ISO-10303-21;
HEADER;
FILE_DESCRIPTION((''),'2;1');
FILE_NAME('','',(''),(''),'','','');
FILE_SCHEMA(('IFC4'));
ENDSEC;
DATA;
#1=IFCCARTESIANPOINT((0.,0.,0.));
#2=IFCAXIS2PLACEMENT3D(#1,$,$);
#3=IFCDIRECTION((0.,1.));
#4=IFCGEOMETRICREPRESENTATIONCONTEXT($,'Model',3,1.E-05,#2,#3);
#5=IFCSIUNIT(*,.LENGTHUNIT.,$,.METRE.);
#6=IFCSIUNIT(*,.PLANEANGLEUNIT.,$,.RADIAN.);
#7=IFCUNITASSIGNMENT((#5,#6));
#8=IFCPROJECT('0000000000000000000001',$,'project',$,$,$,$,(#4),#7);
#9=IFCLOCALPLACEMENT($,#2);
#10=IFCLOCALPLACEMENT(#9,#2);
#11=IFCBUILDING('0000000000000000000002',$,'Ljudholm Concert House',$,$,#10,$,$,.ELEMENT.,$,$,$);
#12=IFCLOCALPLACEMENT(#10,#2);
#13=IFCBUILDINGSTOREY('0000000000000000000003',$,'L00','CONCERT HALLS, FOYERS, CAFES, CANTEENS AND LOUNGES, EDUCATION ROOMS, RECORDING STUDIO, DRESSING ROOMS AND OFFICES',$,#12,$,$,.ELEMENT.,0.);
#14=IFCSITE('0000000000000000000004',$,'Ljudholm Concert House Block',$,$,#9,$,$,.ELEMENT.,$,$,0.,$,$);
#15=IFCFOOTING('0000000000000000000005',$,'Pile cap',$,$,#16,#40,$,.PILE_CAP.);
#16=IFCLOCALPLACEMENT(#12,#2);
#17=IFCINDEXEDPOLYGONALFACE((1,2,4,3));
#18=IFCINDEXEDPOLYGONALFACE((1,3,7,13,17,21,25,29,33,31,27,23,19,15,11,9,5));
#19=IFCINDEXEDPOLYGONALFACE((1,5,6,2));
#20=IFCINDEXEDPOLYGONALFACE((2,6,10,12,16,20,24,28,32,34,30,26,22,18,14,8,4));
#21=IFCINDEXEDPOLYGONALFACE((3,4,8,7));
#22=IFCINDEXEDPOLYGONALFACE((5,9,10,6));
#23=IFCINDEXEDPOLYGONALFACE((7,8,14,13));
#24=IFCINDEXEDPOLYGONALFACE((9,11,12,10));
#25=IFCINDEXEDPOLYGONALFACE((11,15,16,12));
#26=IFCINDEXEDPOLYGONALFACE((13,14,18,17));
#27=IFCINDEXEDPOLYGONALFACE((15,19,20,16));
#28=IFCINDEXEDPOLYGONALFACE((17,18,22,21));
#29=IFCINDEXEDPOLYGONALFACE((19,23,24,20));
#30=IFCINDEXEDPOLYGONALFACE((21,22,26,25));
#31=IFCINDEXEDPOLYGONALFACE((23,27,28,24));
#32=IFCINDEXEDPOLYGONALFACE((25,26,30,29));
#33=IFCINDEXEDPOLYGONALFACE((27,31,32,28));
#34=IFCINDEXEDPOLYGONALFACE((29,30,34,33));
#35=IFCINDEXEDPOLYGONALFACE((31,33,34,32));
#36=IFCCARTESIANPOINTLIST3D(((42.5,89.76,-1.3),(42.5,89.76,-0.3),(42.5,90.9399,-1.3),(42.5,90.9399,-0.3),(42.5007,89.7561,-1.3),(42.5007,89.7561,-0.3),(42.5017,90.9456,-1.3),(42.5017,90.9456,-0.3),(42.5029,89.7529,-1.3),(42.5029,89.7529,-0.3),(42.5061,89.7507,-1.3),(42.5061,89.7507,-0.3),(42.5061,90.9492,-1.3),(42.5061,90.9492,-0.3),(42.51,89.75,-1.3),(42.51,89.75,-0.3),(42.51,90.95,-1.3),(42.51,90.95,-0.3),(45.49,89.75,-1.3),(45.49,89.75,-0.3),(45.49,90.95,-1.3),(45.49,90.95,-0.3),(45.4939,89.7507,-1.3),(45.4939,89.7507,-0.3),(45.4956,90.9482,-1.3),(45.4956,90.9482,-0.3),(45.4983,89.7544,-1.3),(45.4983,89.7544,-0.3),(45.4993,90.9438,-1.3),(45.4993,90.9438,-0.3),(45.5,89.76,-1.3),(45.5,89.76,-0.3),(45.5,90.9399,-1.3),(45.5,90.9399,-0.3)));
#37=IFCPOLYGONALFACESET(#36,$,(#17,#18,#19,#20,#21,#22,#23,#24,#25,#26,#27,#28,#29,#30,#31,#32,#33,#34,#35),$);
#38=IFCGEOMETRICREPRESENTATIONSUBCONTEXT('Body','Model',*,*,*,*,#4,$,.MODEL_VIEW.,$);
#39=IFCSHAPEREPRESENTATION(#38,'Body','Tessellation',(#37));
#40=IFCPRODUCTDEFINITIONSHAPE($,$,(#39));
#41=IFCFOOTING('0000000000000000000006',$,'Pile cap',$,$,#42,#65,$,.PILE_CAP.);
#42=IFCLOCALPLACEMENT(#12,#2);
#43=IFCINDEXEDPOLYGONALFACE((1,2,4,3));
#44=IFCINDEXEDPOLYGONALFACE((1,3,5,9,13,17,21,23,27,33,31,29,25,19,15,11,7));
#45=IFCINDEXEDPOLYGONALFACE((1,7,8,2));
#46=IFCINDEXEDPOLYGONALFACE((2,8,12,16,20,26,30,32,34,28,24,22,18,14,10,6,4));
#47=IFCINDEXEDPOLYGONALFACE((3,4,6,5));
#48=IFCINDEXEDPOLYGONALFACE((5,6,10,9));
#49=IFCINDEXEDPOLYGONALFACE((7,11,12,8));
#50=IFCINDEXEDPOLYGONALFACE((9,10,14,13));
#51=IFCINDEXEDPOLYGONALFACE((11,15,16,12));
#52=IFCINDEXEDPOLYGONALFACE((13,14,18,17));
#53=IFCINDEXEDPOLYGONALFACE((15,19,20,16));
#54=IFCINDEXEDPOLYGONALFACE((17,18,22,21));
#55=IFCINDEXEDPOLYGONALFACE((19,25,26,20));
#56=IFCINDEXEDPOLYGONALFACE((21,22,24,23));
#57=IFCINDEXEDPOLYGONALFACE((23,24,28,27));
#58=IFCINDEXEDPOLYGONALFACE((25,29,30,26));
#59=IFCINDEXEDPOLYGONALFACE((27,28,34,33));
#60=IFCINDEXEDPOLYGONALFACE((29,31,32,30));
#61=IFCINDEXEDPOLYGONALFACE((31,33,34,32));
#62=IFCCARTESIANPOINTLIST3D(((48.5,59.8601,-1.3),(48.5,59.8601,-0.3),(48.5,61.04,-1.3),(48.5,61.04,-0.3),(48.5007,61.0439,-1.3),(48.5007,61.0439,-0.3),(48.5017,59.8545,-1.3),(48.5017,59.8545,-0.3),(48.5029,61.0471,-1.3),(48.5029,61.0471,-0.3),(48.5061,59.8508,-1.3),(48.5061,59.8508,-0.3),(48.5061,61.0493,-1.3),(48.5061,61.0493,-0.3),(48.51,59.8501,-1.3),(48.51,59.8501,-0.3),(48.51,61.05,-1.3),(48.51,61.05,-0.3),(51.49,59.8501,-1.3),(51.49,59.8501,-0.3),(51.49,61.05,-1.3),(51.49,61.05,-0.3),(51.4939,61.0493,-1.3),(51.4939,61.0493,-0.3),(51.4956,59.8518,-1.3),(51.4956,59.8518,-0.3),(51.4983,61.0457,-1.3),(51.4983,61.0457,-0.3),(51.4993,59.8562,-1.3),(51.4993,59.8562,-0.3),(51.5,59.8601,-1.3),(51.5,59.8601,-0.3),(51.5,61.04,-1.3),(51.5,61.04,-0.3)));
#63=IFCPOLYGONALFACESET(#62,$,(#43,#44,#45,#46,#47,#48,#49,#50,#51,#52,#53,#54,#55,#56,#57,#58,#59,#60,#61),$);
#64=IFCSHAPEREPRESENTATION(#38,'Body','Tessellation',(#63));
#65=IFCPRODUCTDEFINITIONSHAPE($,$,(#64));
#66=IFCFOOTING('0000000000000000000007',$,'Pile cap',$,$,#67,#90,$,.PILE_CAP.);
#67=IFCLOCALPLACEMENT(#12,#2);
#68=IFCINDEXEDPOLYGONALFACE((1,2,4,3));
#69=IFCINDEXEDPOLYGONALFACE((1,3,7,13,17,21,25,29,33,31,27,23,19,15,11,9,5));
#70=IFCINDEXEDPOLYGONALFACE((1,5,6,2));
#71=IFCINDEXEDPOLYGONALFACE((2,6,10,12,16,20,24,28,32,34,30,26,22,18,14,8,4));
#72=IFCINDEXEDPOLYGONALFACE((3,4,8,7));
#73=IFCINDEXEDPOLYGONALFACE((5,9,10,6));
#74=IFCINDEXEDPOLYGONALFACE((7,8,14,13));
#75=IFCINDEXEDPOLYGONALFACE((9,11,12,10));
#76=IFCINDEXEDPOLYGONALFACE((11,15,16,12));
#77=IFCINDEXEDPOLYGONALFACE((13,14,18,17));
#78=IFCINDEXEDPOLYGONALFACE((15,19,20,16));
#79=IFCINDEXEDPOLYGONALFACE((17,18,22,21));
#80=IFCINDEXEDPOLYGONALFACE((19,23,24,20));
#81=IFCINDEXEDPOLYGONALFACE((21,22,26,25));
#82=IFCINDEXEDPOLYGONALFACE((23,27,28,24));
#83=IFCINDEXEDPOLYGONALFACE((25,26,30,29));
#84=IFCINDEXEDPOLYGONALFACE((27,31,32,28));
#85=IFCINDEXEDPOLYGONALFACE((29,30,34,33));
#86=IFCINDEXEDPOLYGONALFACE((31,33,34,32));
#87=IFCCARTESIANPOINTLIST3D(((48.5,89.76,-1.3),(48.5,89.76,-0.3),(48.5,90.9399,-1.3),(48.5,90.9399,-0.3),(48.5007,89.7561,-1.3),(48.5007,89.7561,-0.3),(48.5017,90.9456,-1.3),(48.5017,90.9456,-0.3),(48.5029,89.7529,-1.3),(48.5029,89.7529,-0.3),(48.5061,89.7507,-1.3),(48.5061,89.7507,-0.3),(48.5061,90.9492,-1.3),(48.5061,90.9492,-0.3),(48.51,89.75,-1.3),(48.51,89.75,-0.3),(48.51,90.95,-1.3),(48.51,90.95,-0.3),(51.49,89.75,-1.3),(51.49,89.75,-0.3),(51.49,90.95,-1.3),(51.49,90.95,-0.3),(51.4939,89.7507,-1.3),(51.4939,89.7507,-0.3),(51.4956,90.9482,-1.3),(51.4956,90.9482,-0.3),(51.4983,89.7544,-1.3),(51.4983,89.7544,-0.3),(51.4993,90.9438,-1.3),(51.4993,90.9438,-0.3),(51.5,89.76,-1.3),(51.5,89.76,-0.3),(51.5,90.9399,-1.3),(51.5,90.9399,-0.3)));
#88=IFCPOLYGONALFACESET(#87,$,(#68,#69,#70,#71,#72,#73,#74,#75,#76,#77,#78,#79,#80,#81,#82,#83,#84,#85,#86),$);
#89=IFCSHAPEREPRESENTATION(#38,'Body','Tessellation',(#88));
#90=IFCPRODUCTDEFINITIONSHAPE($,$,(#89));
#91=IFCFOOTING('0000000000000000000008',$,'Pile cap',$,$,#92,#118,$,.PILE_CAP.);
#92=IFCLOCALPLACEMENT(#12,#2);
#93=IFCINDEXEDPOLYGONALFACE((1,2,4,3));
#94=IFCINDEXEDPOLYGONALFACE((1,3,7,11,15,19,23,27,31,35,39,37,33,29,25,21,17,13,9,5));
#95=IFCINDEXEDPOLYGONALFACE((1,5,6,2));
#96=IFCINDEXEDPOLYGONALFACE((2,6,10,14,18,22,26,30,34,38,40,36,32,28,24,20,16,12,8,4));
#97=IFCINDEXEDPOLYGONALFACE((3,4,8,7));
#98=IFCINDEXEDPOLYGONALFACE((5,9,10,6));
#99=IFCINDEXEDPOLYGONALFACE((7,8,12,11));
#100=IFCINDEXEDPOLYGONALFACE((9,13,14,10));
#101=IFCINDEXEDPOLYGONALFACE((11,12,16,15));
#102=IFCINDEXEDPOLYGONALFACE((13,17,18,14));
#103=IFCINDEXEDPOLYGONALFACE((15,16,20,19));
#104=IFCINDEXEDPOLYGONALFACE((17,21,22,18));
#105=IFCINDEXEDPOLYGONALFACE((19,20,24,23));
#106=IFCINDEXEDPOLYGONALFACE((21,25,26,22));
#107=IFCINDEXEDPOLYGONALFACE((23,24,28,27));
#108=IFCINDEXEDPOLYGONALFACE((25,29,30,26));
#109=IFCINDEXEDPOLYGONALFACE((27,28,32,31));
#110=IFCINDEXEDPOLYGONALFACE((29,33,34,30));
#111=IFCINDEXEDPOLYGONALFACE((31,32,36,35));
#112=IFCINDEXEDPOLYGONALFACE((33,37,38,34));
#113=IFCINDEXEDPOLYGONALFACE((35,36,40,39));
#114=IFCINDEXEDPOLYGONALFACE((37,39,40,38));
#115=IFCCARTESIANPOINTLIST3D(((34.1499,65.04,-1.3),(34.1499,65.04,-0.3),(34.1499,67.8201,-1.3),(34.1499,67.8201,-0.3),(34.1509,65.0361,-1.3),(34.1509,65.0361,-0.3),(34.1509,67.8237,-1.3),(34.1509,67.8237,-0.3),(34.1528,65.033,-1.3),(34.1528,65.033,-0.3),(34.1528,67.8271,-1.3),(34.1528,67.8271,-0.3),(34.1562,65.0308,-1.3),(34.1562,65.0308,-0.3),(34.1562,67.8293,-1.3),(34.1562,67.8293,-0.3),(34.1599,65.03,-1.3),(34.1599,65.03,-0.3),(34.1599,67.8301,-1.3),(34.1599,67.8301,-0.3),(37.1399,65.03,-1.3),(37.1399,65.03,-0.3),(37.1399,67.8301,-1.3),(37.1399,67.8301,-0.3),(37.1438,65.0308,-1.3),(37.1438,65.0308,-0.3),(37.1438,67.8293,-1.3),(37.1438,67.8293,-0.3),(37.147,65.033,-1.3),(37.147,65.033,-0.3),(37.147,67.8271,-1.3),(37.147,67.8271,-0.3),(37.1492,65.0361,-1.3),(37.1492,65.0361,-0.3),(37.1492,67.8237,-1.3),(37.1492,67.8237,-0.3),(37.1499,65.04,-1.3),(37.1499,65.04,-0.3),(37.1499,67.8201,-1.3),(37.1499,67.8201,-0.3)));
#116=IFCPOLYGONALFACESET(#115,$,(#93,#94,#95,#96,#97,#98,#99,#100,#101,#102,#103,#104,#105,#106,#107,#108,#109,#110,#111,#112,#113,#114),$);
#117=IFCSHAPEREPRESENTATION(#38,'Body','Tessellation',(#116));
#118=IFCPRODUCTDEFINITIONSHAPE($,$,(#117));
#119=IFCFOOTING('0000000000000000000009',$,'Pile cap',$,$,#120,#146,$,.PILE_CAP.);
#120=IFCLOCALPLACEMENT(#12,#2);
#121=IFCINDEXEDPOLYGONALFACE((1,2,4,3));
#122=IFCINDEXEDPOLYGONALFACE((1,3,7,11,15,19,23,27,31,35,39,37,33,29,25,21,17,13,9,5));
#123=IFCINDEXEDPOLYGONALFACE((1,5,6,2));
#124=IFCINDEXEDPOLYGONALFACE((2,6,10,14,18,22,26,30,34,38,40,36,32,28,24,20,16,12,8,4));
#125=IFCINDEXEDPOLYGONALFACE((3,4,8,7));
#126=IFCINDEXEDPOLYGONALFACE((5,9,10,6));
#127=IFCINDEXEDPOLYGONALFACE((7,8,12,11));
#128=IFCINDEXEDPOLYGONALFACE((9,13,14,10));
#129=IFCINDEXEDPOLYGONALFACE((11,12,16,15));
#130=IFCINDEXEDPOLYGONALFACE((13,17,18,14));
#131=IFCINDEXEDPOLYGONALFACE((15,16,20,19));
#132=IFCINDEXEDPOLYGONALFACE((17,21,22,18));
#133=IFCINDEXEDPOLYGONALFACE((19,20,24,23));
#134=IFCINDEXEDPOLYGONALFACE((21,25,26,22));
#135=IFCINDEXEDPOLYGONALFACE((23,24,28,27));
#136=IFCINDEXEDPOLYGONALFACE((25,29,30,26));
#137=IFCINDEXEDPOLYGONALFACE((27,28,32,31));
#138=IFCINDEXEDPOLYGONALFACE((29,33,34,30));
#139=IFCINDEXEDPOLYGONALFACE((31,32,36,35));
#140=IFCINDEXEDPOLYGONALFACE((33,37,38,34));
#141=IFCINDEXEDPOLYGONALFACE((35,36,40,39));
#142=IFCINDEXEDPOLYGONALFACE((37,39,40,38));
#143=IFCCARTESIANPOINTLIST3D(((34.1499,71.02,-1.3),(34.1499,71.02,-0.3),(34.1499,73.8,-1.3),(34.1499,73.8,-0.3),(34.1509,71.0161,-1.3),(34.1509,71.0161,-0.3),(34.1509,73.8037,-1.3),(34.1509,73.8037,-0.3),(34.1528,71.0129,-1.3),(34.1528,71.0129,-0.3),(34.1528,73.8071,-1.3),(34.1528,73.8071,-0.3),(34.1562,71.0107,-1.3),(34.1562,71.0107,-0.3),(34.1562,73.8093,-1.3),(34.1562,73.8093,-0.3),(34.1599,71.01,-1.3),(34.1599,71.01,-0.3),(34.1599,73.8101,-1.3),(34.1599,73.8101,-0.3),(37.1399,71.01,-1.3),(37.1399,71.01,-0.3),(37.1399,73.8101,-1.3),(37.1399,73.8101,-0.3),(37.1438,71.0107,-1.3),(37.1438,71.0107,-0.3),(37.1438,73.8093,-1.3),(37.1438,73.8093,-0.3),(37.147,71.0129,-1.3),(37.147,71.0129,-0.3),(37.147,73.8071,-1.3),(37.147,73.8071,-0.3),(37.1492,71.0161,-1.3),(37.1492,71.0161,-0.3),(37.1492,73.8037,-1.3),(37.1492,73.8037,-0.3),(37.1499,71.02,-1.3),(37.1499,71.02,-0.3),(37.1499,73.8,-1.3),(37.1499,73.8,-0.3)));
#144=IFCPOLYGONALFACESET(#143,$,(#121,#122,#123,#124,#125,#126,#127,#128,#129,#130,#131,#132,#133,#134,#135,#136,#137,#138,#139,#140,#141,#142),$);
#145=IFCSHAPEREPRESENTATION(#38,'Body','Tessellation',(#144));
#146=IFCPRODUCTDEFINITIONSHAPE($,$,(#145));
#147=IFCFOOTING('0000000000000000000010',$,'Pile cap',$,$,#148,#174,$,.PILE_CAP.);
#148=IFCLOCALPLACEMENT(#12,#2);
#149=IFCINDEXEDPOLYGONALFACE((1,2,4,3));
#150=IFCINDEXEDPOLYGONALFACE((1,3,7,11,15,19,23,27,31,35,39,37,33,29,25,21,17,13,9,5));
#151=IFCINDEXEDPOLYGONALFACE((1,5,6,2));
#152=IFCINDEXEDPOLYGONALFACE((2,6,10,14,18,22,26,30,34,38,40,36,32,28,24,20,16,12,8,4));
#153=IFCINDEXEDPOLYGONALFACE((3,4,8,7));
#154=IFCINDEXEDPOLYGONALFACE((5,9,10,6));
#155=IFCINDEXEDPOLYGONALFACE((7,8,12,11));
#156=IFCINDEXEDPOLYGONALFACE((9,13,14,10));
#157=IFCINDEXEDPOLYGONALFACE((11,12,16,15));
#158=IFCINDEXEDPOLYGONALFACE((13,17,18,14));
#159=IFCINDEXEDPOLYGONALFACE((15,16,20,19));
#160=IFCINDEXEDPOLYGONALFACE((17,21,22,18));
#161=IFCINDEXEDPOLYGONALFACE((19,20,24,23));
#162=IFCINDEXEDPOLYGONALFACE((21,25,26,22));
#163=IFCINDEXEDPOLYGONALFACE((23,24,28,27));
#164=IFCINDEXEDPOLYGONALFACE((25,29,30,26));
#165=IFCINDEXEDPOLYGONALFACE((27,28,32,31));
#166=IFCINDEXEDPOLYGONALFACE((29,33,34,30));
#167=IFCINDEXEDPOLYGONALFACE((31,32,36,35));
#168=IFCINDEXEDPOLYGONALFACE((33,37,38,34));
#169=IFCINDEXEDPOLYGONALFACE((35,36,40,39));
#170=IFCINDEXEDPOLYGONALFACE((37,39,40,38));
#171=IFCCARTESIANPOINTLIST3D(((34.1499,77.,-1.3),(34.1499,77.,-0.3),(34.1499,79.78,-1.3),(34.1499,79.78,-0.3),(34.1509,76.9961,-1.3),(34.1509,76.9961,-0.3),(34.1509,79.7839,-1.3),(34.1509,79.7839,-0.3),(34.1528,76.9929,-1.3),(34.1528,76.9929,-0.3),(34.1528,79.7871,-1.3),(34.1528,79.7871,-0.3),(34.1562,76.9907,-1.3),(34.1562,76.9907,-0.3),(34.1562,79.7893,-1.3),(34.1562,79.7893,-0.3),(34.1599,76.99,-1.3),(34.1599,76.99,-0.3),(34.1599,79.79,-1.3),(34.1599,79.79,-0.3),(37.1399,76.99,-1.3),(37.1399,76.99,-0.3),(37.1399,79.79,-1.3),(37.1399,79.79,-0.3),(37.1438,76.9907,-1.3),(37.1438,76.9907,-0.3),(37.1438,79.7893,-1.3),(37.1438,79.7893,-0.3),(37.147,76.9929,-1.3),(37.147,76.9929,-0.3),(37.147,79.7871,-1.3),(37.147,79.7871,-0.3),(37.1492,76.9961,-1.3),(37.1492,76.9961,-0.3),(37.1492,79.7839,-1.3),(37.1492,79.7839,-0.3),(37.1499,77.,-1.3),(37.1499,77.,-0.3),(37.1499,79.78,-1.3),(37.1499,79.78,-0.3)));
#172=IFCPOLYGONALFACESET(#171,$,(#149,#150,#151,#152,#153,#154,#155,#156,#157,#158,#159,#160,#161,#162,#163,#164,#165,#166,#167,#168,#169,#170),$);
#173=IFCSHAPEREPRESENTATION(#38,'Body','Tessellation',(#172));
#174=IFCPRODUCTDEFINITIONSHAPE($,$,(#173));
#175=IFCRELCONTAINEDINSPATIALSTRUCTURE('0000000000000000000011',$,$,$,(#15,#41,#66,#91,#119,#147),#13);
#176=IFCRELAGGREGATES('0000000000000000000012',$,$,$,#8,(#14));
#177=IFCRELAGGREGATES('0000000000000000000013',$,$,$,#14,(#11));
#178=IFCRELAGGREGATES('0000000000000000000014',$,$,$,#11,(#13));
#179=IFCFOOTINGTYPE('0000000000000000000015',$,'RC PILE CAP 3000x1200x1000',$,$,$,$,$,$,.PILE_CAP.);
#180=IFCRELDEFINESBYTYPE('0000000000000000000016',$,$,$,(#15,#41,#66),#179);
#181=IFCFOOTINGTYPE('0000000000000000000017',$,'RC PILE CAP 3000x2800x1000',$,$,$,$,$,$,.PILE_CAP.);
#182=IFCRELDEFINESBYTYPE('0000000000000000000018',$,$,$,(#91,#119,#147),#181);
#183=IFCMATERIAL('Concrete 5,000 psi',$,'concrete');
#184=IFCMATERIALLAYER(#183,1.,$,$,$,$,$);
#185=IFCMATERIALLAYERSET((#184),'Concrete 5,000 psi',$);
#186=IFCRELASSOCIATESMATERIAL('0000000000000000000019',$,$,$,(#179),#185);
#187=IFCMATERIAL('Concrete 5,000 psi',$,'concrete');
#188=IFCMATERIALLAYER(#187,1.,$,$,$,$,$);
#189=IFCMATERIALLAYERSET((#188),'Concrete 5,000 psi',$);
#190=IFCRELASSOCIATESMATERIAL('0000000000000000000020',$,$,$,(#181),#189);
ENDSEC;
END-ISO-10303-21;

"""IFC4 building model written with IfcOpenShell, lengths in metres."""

from ifc_helpers import new_model, si_unit, direction, frame, origin, place, context, subcontext, project, spatial, polyline, outline, extrude, material, layer, layer_set, type_object, element, save


model = new_model("IFC4")

# Units and contexts
model_context = context("Model", 3, precision=1e-05, world=origin(), true_north=direction((0.0, 1.0)))
body_context = subcontext(model_context, "Body", "Model", "MODEL_VIEW")
ifc_project = project(units=[si_unit("LENGTHUNIT", "METRE"), si_unit("PLANEANGLEUNIT", "RADIAN")], contexts=[model_context])

# Site, building, storey
site_placement = place(None, origin())
site = spatial("IfcSite", under=ifc_project, at=site_placement, Name="Ljudholm Concert House Block", CompositionType="ELEMENT", RefElevation=0.0)
building_placement = place(site_placement, origin())
building = spatial("IfcBuilding", under=site, at=building_placement, Name="Ljudholm Concert House", CompositionType="ELEMENT")
storey_placement = place(building_placement, origin())
storey = spatial("IfcBuildingStorey", under=building, at=storey_placement, Name="L00", Description="CONCERT HALLS, FOYERS, CAFES, CANTEENS AND LOUNGES, EDUCATION ROOMS, RECORDING STUDIO, DRESSING ROOMS AND OFFICES", CompositionType="ELEMENT", Elevation=0.0)

# Footings
ifc_material_1 = material(Name="Concrete 5,000 psi", Category="concrete")
ifc_layer_1 = layer(ifc_material_1, 1.0)
ifc_layer_set_1 = layer_set([ifc_layer_1], Name="Concrete 5,000 psi")
footing_type_1 = type_object("IfcFootingType", Name="RC PILE CAP 3000x1200x1000", PredefinedType="PILE_CAP", material=ifc_layer_set_1)
footing_1_placement = place(storey_placement, frame((0.0, 0.0, -1.3)))
element("IfcFooting", 1, at=footing_1_placement, inside=storey, type_object=footing_type_1, Name="Pile cap", PredefinedType="PILE_CAP", context=body_context, shape_type="SweptSolid", body=[
    extrude(outline(polyline([(42.51, 89.75), (45.49, 89.75), (45.4939, 89.7507), (45.4983, 89.7544), (45.5, 89.76), (45.5, 90.9399), (45.4993, 90.9438), (45.4956, 90.9482), (45.49, 90.95), (42.51, 90.95), (42.5061, 90.9492), (42.5017, 90.9456), (42.5, 90.9399), (42.5, 89.76), (42.5007, 89.7561), (42.5029, 89.7529), (42.5061, 89.7507), (42.51, 89.75)])), origin(), (0.0, 0.0, 1.0), 1.0),
])
footing_2_placement = place(storey_placement, frame((0.0, 0.0, -1.3)))
element("IfcFooting", 2, at=footing_2_placement, inside=storey, type_object=footing_type_1, Name="Pile cap", PredefinedType="PILE_CAP", context=body_context, shape_type="SweptSolid", body=[
    extrude(outline(polyline([(48.5, 61.04), (48.5, 59.8601), (48.5017, 59.8545), (48.5061, 59.8508), (48.51, 59.8501), (51.49, 59.8501), (51.4956, 59.8518), (51.4993, 59.8562), (51.5, 59.8601), (51.5, 61.04), (51.4983, 61.0457), (51.4939, 61.0493), (51.49, 61.05), (48.51, 61.05), (48.5061, 61.0493), (48.5029, 61.0471), (48.5007, 61.0439), (48.5, 61.04)])), origin(), (0.0, 0.0, 1.0), 1.0),
])
footing_3_placement = place(storey_placement, frame((0.0, 0.0, -1.3)))
element("IfcFooting", 3, at=footing_3_placement, inside=storey, type_object=footing_type_1, Name="Pile cap", PredefinedType="PILE_CAP", context=body_context, shape_type="SweptSolid", body=[
    extrude(outline(polyline([(48.51, 89.75), (51.49, 89.75), (51.4939, 89.7507), (51.4983, 89.7544), (51.5, 89.76), (51.5, 90.9399), (51.4993, 90.9438), (51.4956, 90.9482), (51.49, 90.95), (48.51, 90.95), (48.5061, 90.9492), (48.5017, 90.9456), (48.5, 90.9399), (48.5, 89.76), (48.5007, 89.7561), (48.5029, 89.7529), (48.5061, 89.7507), (48.51, 89.75)])), origin(), (0.0, 0.0, 1.0), 1.0),
])
ifc_material_2 = material(Name="Concrete 5,000 psi", Category="concrete")
ifc_layer_2 = layer(ifc_material_2, 1.0)
ifc_layer_set_2 = layer_set([ifc_layer_2], Name="Concrete 5,000 psi")
footing_type_2 = type_object("IfcFootingType", Name="RC PILE CAP 3000x2800x1000", PredefinedType="PILE_CAP", material=ifc_layer_set_2)
footing_4_placement = place(storey_placement, frame((0.0, 0.0, -1.3)))
element("IfcFooting", 4, at=footing_4_placement, inside=storey, type_object=footing_type_2, Name="Pile cap", PredefinedType="PILE_CAP", context=body_context, shape_type="SweptSolid", body=[
    extrude(outline(polyline([(34.1499, 67.8201), (34.1499, 65.04), (34.1509, 65.0361), (34.1528, 65.033), (34.1562, 65.0308), (34.1599, 65.03), (37.1399, 65.03), (37.1438, 65.0308), (37.147, 65.033), (37.1492, 65.0361), (37.1499, 65.04), (37.1499, 67.8201), (37.1492, 67.8237), (37.147, 67.8271), (37.1438, 67.8293), (37.1399, 67.8301), (34.1599, 67.8301), (34.1562, 67.8293), (34.1528, 67.8271), (34.1509, 67.8237), (34.1499, 67.8201)])), origin(), (0.0, 0.0, 1.0), 1.0),
])
footing_5_placement = place(storey_placement, frame((0.0, 0.0, -1.3)))
element("IfcFooting", 5, at=footing_5_placement, inside=storey, type_object=footing_type_2, Name="Pile cap", PredefinedType="PILE_CAP", context=body_context, shape_type="SweptSolid", body=[
    extrude(outline(polyline([(34.1599, 71.01), (37.1399, 71.01), (37.1438, 71.0107), (37.147, 71.0129), (37.1492, 71.0161), (37.1499, 71.02), (37.1499, 73.8), (37.1492, 73.8037), (37.147, 73.8071), (37.1438, 73.8093), (37.1399, 73.8101), (34.1599, 73.8101), (34.1562, 73.8093), (34.1528, 73.8071), (34.1509, 73.8037), (34.1499, 73.8), (34.1499, 71.02), (34.1509, 71.0161), (34.1528, 71.0129), (34.1562, 71.0107), (34.1599, 71.01)])), origin(), (0.0, 0.0, 1.0), 1.0),
])
footing_6_placement = place(storey_placement, frame((0.0, 0.0, -1.3)))
element("IfcFooting", 6, at=footing_6_placement, inside=storey, type_object=footing_type_2, Name="Pile cap", PredefinedType="PILE_CAP", context=body_context, shape_type="SweptSolid", body=[
    extrude(outline(polyline([(34.1599, 76.99), (37.1399, 76.99), (37.1438, 76.9907), (37.147, 76.9929), (37.1492, 76.9961), (37.1499, 77.0), (37.1499, 79.78), (37.1492, 79.7839), (37.147, 79.7871), (37.1438, 79.7893), (37.1399, 79.79), (34.1599, 79.79), (34.1562, 79.7893), (34.1528, 79.7871), (34.1509, 79.7839), (34.1499, 79.78), (34.1499, 77.0), (34.1509, 76.9961), (34.1528, 76.9929), (34.1562, 76.9907), (34.1599, 76.99)])), origin(), (0.0, 0.0, 1.0), 1.0),
])

save(model, "model.ifc")
